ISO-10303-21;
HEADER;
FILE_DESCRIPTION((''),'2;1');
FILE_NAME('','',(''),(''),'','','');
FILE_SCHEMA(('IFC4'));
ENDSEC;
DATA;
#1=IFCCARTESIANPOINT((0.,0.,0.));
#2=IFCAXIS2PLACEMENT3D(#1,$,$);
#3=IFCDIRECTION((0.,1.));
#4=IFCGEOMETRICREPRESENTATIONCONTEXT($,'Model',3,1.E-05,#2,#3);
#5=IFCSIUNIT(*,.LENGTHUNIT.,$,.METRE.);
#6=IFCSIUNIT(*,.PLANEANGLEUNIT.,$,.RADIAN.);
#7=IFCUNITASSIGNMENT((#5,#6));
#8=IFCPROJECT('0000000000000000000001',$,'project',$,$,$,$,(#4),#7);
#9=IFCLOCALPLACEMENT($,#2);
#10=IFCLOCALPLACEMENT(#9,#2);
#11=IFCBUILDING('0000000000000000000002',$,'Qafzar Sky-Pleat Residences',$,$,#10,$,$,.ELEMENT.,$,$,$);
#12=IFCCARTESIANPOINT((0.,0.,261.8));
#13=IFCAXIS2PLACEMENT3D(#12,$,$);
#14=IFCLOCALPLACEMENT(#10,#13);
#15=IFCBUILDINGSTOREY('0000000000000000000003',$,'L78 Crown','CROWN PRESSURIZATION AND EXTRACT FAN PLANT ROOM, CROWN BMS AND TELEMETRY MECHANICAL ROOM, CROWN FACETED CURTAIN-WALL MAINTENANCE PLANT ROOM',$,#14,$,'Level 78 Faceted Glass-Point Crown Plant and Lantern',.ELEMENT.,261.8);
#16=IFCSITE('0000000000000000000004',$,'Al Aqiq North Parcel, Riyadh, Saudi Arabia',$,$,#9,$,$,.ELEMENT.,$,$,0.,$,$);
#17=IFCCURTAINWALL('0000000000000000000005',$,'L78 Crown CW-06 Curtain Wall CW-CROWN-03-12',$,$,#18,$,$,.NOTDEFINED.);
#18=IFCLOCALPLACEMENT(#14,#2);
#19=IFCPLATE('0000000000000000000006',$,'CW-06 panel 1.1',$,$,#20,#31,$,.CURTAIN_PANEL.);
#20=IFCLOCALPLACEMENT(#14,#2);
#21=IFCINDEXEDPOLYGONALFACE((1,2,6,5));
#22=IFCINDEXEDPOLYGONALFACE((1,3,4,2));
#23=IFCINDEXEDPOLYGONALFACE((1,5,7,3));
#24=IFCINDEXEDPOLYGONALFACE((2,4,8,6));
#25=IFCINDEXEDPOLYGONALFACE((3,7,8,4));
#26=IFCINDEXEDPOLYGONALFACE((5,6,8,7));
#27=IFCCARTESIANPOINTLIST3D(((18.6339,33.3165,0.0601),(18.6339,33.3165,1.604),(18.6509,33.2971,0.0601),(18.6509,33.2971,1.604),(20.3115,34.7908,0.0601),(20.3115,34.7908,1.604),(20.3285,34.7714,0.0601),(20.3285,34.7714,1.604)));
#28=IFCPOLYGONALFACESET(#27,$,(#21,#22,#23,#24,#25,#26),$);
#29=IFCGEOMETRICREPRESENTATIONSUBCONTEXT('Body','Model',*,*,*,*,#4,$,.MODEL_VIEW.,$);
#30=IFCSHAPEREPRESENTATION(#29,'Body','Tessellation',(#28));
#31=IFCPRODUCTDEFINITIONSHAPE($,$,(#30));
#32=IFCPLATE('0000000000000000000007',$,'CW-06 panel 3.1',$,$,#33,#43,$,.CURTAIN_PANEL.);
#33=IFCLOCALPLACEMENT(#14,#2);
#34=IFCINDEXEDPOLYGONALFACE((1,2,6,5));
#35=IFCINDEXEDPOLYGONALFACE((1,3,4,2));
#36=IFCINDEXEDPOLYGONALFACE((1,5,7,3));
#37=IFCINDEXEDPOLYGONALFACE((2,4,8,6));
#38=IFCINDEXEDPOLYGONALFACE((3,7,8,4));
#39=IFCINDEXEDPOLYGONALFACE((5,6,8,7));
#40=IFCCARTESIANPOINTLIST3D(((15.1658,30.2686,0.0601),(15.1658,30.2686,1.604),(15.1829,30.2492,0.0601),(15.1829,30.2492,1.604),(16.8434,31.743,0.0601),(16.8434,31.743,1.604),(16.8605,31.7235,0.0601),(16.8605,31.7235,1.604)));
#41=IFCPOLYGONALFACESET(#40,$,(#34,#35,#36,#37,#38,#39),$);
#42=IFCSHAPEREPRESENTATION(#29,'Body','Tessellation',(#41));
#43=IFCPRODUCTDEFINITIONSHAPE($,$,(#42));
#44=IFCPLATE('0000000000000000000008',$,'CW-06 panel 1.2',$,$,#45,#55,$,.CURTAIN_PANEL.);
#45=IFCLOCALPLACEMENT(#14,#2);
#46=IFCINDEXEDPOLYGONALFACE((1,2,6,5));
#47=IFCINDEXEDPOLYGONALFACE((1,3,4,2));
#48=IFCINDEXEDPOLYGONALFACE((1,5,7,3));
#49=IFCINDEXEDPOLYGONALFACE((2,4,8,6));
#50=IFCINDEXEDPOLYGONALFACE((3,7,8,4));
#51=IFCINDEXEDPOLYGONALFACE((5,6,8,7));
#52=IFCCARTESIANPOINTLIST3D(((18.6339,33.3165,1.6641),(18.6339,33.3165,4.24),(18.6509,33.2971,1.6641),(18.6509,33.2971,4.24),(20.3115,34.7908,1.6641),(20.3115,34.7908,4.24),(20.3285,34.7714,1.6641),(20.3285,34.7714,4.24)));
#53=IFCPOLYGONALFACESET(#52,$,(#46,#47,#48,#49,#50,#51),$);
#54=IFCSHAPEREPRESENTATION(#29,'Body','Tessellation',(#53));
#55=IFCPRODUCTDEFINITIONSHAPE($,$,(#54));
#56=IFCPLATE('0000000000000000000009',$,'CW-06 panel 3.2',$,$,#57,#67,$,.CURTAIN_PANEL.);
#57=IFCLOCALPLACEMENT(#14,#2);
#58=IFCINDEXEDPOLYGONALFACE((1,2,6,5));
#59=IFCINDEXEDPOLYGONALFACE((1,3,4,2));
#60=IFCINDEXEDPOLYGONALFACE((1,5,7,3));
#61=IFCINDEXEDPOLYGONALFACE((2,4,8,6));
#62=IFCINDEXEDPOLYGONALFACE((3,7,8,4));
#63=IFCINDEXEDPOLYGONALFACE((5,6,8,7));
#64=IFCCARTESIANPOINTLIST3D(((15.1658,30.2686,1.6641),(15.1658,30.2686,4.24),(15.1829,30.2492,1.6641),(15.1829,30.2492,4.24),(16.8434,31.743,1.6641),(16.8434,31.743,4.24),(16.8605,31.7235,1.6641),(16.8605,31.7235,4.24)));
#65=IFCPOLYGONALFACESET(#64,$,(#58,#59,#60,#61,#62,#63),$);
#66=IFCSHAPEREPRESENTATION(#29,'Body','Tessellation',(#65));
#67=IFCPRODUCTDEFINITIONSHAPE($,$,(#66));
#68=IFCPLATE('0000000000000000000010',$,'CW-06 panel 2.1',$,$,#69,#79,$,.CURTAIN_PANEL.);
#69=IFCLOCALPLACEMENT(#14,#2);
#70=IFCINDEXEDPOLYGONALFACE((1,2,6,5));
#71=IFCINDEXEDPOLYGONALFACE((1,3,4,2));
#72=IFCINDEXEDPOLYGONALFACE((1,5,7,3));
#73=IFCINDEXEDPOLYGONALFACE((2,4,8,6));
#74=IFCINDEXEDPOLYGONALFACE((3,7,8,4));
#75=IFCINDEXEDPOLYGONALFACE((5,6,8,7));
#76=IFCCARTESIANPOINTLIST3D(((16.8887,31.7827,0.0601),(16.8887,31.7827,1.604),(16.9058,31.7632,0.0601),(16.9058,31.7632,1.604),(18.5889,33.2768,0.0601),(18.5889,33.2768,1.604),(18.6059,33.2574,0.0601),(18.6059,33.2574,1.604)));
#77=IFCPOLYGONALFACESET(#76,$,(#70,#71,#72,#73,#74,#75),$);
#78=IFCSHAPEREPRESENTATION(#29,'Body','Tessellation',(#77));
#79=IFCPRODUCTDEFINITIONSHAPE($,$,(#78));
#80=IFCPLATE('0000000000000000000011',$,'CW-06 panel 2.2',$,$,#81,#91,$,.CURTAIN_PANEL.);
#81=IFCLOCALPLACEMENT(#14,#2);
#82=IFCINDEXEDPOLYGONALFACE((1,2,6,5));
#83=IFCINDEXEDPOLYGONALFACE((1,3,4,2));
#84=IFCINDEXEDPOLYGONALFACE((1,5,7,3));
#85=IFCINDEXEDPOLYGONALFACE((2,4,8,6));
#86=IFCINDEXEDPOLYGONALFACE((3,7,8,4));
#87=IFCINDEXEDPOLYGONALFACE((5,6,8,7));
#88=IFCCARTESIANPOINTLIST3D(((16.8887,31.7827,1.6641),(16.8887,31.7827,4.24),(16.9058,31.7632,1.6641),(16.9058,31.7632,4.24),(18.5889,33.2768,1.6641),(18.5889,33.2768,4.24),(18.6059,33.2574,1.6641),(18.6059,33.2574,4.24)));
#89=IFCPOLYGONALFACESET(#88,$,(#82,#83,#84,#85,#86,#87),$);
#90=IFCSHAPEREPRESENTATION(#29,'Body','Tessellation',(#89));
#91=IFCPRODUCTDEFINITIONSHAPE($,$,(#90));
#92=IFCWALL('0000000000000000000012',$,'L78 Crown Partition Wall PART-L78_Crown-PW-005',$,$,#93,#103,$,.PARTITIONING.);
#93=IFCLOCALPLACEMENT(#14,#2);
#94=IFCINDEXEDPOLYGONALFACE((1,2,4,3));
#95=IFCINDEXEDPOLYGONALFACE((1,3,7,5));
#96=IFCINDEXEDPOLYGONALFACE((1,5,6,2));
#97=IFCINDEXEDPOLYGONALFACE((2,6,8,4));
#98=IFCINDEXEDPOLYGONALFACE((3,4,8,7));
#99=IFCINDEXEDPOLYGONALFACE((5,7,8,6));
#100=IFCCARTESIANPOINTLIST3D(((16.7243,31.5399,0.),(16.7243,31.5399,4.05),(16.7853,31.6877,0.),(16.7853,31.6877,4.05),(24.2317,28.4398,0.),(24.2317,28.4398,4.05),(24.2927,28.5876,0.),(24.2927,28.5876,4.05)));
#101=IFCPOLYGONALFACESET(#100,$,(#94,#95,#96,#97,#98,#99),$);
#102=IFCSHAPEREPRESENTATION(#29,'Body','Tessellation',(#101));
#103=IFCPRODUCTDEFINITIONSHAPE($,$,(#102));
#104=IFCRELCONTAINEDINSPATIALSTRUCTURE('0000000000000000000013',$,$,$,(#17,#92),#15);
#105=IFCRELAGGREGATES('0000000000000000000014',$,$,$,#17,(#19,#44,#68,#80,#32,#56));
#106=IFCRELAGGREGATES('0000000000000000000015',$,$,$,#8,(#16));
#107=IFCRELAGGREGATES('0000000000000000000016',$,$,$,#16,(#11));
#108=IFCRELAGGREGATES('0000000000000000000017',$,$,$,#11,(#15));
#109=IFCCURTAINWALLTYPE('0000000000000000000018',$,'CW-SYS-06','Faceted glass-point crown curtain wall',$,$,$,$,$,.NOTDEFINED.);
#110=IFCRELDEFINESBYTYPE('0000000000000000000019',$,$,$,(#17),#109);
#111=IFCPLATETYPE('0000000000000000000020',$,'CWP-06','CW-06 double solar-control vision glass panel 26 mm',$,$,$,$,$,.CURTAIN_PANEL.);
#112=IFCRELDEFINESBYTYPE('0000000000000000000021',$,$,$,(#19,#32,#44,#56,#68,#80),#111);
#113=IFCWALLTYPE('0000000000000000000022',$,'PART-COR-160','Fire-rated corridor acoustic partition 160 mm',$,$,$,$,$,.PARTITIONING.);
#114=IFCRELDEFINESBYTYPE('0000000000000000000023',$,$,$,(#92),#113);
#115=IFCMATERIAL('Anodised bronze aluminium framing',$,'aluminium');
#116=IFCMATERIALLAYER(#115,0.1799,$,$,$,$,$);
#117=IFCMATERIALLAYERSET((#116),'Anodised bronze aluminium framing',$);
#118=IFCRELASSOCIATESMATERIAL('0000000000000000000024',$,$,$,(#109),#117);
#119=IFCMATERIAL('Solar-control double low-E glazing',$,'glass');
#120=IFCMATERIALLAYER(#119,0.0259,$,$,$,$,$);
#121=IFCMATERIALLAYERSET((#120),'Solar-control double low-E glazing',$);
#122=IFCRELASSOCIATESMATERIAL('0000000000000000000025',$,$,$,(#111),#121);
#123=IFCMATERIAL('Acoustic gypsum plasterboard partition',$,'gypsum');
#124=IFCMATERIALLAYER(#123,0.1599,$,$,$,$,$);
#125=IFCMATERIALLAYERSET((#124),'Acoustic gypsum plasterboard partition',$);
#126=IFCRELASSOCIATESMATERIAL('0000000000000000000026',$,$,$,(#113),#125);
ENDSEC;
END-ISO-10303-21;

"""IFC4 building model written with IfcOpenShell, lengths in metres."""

from ifc_helpers import new_model, si_unit, direction, frame, frame_2d, origin, origin_2d, place, context, subcontext, project, spatial, rectangle, extrude, source, transform, mapped, material, layer, layer_set, type_object, element, aggregate, save


model = new_model("IFC4")

# Units and contexts
model_context = context("Model", 3, precision=1e-05, world=origin(), true_north=direction((0.0, 1.0)))
body_context = subcontext(model_context, "Body", "Model", "MODEL_VIEW")
ifc_project = project(units=[si_unit("LENGTHUNIT", "METRE"), si_unit("PLANEANGLEUNIT", "RADIAN")], contexts=[model_context])

# Site, building, storey
site_placement = place(None, origin())
site = spatial("IfcSite", under=ifc_project, at=site_placement, Name="Al Aqiq North Parcel, Riyadh, Saudi Arabia", CompositionType="ELEMENT", RefElevation=0.0)
building_placement = place(site_placement, origin())
building = spatial("IfcBuilding", under=site, at=building_placement, Name="Qafzar Sky-Pleat Residences", CompositionType="ELEMENT")
storey_placement = place(building_placement, frame((0.0, 0.0, 261.8)))
storey = spatial("IfcBuildingStorey", under=building, at=storey_placement, Name="L78 Crown", Description="CROWN PRESSURIZATION AND EXTRACT FAN PLANT ROOM, CROWN BMS AND TELEMETRY MECHANICAL ROOM, CROWN FACETED CURTAIN-WALL MAINTENANCE PLANT ROOM", LongName="Level 78 Faceted Glass-Point Crown Plant and Lantern", CompositionType="ELEMENT", Elevation=261.8)

# Shared definitions
ifc_material_1 = material(Name="Anodised bronze aluminium framing", Category="aluminium")
ifc_layer_1 = layer(ifc_material_1, 0.1799)
ifc_layer_set_1 = layer_set([ifc_layer_1], Name="Anodised bronze aluminium framing")
curtain_wall_type = type_object("IfcCurtainWallType", Name="CW-SYS-06", Description="Faceted glass-point crown curtain wall", PredefinedType="NOTDEFINED", material=ifc_layer_set_1)

# Curtain wall, plates
curtain_wall_1_placement = place(storey_placement, origin())
curtain_wall_1 = element("IfcCurtainWall", 1, at=curtain_wall_1_placement, inside=storey, type_object=curtain_wall_type, Name="L78 Crown CW-06 Curtain Wall CW-CROWN-03-12", PredefinedType="NOTDEFINED")
ifc_material_2 = material(Name="Solar-control double low-E glazing", Category="glass")
ifc_layer_2 = layer(ifc_material_2, 0.0259)
ifc_layer_set_2 = layer_set([ifc_layer_2], Name="Solar-control double low-E glazing")
plate_type = type_object("IfcPlateType", Name="CWP-06", Description="CW-06 double solar-control vision glass panel 26 mm", PredefinedType="CURTAIN_PANEL", material=ifc_layer_set_2)
shared_shape_1 = source(origin(), body_context, "Body", "SweptSolid", [
    extrude(rectangle(XDim=2.2334, YDim=0.0259, at=origin_2d()), origin(), (0.0, 0.0, 1.0), 1.5439),
])
plate_1_placement = place(storey_placement, frame((19.4812, 34.0439, 0.0601), z_axis=(0.0, 0.0, 1.0), x_axis=(-0.751148, -0.660134, 0.0)))
plate_1 = element("IfcPlate", 2, at=plate_1_placement, type_object=plate_type, Name="CW-06 panel 1.1", PredefinedType="CURTAIN_PANEL", context=body_context, shape_type="MappedRepresentation", body=[
    mapped(shared_shape_1, transform((0.0, 0.0, 0.0), x_axis=(1.0, 0.0, 0.0), y_axis=(0.0, 1.0, 0.0), z_axis=(0.0, 0.0, 1.0), scale=1.0)),
])
plate_2_placement = place(storey_placement, frame((16.0132, 30.9961, 0.0601), z_axis=(0.0, 0.0, 1.0), x_axis=(-0.751148, -0.660134, 0.0)))
plate_2 = element("IfcPlate", 3, at=plate_2_placement, type_object=plate_type, Name="CW-06 panel 3.1", PredefinedType="CURTAIN_PANEL", context=body_context, shape_type="MappedRepresentation", body=[
    mapped(shared_shape_1, transform((0.0, 0.0, 0.0), x_axis=(1.0, 0.0, 0.0), y_axis=(0.0, 1.0, 0.0), z_axis=(0.0, 0.0, 1.0), scale=1.0)),
])
shared_shape_2 = source(origin(), body_context, "Body", "SweptSolid", [
    extrude(rectangle(XDim=2.2334, YDim=0.0259, at=origin_2d()), origin(), (0.0, 0.0, 1.0), 2.5759),
])
plate_3_placement = place(storey_placement, frame((19.4812, 34.0439, 1.6641), z_axis=(0.0, 0.0, 1.0), x_axis=(-0.751148, -0.660134, 0.0)))
plate_3 = element("IfcPlate", 4, at=plate_3_placement, type_object=plate_type, Name="CW-06 panel 1.2", PredefinedType="CURTAIN_PANEL", context=body_context, shape_type="MappedRepresentation", body=[
    mapped(shared_shape_2, transform((0.0, 0.0, 0.0), x_axis=(1.0, 0.0, 0.0), y_axis=(0.0, 1.0, 0.0), z_axis=(0.0, 0.0, 1.0), scale=1.0)),
])
plate_4_placement = place(storey_placement, frame((16.0132, 30.9961, 1.6641), z_axis=(0.0, 0.0, 1.0), x_axis=(-0.751148, -0.660134, 0.0)))
plate_4 = element("IfcPlate", 5, at=plate_4_placement, type_object=plate_type, Name="CW-06 panel 3.2", PredefinedType="CURTAIN_PANEL", context=body_context, shape_type="MappedRepresentation", body=[
    mapped(shared_shape_2, transform((0.0, 0.0, 0.0), x_axis=(1.0, 0.0, 0.0), y_axis=(0.0, 1.0, 0.0), z_axis=(0.0, 0.0, 1.0), scale=1.0)),
])
shared_shape_3 = source(origin(), body_context, "Body", "SweptSolid", [
    extrude(rectangle(XDim=2.2634, YDim=0.0259, at=origin_2d()), origin(), (0.0, 0.0, 1.0), 1.5439),
])
plate_5_placement = place(storey_placement, frame((17.7473, 32.52, 0.0601), z_axis=(0.0, 0.0, 1.0), x_axis=(-0.751148, -0.660134, 0.0)))
plate_5 = element("IfcPlate", 6, at=plate_5_placement, type_object=plate_type, Name="CW-06 panel 2.1", PredefinedType="CURTAIN_PANEL", context=body_context, shape_type="MappedRepresentation", body=[
    mapped(shared_shape_3, transform((0.0, 0.0, 0.0), x_axis=(1.0, 0.0, 0.0), y_axis=(0.0, 1.0, 0.0), z_axis=(0.0, 0.0, 1.0), scale=1.0)),
])
shared_shape_4 = source(origin(), body_context, "Body", "SweptSolid", [
    extrude(rectangle(XDim=2.2634, YDim=0.0259, at=origin_2d()), origin(), (0.0, 0.0, 1.0), 2.5759),
])
plate_6_placement = place(storey_placement, frame((17.7473, 32.52, 1.6641), z_axis=(0.0, 0.0, 1.0), x_axis=(-0.751148, -0.660134, 0.0)))
plate_6 = element("IfcPlate", 7, at=plate_6_placement, type_object=plate_type, Name="CW-06 panel 2.2", PredefinedType="CURTAIN_PANEL", context=body_context, shape_type="MappedRepresentation", body=[
    mapped(shared_shape_4, transform((0.0, 0.0, 0.0), x_axis=(1.0, 0.0, 0.0), y_axis=(0.0, 1.0, 0.0), z_axis=(0.0, 0.0, 1.0), scale=1.0)),
])
aggregate(curtain_wall_1, [plate_1, plate_3, plate_5, plate_6, plate_2, plate_4])

# Wall
ifc_material_3 = material(Name="Acoustic gypsum plasterboard partition", Category="gypsum")
ifc_layer_3 = layer(ifc_material_3, 0.1599)
ifc_layer_set_3 = layer_set([ifc_layer_3], Name="Acoustic gypsum plasterboard partition")
wall_type = type_object("IfcWallType", Name="PART-COR-160", Description="Fire-rated corridor acoustic partition 160 mm", PredefinedType="PARTITIONING", material=ifc_layer_set_3)
wall_placement = place(storey_placement, frame((16.7549, 31.6138, 0.0), z_axis=(0.0, 0.0, 1.0), x_axis=(0.924294, -0.381681, 0.0)))
element("IfcWall", 8, at=wall_placement, inside=storey, type_object=wall_type, Name="L78 Crown Partition Wall PART-L78_Crown-PW-005", PredefinedType="PARTITIONING", context=body_context, shape_type="SweptSolid", body=[
    extrude(rectangle(XDim=8.1223, YDim=0.1599, at=frame_2d((4.061, 0.0))), origin(), (0.0, 0.0, 1.0), 4.05),
])

save(model, "model.ifc")
